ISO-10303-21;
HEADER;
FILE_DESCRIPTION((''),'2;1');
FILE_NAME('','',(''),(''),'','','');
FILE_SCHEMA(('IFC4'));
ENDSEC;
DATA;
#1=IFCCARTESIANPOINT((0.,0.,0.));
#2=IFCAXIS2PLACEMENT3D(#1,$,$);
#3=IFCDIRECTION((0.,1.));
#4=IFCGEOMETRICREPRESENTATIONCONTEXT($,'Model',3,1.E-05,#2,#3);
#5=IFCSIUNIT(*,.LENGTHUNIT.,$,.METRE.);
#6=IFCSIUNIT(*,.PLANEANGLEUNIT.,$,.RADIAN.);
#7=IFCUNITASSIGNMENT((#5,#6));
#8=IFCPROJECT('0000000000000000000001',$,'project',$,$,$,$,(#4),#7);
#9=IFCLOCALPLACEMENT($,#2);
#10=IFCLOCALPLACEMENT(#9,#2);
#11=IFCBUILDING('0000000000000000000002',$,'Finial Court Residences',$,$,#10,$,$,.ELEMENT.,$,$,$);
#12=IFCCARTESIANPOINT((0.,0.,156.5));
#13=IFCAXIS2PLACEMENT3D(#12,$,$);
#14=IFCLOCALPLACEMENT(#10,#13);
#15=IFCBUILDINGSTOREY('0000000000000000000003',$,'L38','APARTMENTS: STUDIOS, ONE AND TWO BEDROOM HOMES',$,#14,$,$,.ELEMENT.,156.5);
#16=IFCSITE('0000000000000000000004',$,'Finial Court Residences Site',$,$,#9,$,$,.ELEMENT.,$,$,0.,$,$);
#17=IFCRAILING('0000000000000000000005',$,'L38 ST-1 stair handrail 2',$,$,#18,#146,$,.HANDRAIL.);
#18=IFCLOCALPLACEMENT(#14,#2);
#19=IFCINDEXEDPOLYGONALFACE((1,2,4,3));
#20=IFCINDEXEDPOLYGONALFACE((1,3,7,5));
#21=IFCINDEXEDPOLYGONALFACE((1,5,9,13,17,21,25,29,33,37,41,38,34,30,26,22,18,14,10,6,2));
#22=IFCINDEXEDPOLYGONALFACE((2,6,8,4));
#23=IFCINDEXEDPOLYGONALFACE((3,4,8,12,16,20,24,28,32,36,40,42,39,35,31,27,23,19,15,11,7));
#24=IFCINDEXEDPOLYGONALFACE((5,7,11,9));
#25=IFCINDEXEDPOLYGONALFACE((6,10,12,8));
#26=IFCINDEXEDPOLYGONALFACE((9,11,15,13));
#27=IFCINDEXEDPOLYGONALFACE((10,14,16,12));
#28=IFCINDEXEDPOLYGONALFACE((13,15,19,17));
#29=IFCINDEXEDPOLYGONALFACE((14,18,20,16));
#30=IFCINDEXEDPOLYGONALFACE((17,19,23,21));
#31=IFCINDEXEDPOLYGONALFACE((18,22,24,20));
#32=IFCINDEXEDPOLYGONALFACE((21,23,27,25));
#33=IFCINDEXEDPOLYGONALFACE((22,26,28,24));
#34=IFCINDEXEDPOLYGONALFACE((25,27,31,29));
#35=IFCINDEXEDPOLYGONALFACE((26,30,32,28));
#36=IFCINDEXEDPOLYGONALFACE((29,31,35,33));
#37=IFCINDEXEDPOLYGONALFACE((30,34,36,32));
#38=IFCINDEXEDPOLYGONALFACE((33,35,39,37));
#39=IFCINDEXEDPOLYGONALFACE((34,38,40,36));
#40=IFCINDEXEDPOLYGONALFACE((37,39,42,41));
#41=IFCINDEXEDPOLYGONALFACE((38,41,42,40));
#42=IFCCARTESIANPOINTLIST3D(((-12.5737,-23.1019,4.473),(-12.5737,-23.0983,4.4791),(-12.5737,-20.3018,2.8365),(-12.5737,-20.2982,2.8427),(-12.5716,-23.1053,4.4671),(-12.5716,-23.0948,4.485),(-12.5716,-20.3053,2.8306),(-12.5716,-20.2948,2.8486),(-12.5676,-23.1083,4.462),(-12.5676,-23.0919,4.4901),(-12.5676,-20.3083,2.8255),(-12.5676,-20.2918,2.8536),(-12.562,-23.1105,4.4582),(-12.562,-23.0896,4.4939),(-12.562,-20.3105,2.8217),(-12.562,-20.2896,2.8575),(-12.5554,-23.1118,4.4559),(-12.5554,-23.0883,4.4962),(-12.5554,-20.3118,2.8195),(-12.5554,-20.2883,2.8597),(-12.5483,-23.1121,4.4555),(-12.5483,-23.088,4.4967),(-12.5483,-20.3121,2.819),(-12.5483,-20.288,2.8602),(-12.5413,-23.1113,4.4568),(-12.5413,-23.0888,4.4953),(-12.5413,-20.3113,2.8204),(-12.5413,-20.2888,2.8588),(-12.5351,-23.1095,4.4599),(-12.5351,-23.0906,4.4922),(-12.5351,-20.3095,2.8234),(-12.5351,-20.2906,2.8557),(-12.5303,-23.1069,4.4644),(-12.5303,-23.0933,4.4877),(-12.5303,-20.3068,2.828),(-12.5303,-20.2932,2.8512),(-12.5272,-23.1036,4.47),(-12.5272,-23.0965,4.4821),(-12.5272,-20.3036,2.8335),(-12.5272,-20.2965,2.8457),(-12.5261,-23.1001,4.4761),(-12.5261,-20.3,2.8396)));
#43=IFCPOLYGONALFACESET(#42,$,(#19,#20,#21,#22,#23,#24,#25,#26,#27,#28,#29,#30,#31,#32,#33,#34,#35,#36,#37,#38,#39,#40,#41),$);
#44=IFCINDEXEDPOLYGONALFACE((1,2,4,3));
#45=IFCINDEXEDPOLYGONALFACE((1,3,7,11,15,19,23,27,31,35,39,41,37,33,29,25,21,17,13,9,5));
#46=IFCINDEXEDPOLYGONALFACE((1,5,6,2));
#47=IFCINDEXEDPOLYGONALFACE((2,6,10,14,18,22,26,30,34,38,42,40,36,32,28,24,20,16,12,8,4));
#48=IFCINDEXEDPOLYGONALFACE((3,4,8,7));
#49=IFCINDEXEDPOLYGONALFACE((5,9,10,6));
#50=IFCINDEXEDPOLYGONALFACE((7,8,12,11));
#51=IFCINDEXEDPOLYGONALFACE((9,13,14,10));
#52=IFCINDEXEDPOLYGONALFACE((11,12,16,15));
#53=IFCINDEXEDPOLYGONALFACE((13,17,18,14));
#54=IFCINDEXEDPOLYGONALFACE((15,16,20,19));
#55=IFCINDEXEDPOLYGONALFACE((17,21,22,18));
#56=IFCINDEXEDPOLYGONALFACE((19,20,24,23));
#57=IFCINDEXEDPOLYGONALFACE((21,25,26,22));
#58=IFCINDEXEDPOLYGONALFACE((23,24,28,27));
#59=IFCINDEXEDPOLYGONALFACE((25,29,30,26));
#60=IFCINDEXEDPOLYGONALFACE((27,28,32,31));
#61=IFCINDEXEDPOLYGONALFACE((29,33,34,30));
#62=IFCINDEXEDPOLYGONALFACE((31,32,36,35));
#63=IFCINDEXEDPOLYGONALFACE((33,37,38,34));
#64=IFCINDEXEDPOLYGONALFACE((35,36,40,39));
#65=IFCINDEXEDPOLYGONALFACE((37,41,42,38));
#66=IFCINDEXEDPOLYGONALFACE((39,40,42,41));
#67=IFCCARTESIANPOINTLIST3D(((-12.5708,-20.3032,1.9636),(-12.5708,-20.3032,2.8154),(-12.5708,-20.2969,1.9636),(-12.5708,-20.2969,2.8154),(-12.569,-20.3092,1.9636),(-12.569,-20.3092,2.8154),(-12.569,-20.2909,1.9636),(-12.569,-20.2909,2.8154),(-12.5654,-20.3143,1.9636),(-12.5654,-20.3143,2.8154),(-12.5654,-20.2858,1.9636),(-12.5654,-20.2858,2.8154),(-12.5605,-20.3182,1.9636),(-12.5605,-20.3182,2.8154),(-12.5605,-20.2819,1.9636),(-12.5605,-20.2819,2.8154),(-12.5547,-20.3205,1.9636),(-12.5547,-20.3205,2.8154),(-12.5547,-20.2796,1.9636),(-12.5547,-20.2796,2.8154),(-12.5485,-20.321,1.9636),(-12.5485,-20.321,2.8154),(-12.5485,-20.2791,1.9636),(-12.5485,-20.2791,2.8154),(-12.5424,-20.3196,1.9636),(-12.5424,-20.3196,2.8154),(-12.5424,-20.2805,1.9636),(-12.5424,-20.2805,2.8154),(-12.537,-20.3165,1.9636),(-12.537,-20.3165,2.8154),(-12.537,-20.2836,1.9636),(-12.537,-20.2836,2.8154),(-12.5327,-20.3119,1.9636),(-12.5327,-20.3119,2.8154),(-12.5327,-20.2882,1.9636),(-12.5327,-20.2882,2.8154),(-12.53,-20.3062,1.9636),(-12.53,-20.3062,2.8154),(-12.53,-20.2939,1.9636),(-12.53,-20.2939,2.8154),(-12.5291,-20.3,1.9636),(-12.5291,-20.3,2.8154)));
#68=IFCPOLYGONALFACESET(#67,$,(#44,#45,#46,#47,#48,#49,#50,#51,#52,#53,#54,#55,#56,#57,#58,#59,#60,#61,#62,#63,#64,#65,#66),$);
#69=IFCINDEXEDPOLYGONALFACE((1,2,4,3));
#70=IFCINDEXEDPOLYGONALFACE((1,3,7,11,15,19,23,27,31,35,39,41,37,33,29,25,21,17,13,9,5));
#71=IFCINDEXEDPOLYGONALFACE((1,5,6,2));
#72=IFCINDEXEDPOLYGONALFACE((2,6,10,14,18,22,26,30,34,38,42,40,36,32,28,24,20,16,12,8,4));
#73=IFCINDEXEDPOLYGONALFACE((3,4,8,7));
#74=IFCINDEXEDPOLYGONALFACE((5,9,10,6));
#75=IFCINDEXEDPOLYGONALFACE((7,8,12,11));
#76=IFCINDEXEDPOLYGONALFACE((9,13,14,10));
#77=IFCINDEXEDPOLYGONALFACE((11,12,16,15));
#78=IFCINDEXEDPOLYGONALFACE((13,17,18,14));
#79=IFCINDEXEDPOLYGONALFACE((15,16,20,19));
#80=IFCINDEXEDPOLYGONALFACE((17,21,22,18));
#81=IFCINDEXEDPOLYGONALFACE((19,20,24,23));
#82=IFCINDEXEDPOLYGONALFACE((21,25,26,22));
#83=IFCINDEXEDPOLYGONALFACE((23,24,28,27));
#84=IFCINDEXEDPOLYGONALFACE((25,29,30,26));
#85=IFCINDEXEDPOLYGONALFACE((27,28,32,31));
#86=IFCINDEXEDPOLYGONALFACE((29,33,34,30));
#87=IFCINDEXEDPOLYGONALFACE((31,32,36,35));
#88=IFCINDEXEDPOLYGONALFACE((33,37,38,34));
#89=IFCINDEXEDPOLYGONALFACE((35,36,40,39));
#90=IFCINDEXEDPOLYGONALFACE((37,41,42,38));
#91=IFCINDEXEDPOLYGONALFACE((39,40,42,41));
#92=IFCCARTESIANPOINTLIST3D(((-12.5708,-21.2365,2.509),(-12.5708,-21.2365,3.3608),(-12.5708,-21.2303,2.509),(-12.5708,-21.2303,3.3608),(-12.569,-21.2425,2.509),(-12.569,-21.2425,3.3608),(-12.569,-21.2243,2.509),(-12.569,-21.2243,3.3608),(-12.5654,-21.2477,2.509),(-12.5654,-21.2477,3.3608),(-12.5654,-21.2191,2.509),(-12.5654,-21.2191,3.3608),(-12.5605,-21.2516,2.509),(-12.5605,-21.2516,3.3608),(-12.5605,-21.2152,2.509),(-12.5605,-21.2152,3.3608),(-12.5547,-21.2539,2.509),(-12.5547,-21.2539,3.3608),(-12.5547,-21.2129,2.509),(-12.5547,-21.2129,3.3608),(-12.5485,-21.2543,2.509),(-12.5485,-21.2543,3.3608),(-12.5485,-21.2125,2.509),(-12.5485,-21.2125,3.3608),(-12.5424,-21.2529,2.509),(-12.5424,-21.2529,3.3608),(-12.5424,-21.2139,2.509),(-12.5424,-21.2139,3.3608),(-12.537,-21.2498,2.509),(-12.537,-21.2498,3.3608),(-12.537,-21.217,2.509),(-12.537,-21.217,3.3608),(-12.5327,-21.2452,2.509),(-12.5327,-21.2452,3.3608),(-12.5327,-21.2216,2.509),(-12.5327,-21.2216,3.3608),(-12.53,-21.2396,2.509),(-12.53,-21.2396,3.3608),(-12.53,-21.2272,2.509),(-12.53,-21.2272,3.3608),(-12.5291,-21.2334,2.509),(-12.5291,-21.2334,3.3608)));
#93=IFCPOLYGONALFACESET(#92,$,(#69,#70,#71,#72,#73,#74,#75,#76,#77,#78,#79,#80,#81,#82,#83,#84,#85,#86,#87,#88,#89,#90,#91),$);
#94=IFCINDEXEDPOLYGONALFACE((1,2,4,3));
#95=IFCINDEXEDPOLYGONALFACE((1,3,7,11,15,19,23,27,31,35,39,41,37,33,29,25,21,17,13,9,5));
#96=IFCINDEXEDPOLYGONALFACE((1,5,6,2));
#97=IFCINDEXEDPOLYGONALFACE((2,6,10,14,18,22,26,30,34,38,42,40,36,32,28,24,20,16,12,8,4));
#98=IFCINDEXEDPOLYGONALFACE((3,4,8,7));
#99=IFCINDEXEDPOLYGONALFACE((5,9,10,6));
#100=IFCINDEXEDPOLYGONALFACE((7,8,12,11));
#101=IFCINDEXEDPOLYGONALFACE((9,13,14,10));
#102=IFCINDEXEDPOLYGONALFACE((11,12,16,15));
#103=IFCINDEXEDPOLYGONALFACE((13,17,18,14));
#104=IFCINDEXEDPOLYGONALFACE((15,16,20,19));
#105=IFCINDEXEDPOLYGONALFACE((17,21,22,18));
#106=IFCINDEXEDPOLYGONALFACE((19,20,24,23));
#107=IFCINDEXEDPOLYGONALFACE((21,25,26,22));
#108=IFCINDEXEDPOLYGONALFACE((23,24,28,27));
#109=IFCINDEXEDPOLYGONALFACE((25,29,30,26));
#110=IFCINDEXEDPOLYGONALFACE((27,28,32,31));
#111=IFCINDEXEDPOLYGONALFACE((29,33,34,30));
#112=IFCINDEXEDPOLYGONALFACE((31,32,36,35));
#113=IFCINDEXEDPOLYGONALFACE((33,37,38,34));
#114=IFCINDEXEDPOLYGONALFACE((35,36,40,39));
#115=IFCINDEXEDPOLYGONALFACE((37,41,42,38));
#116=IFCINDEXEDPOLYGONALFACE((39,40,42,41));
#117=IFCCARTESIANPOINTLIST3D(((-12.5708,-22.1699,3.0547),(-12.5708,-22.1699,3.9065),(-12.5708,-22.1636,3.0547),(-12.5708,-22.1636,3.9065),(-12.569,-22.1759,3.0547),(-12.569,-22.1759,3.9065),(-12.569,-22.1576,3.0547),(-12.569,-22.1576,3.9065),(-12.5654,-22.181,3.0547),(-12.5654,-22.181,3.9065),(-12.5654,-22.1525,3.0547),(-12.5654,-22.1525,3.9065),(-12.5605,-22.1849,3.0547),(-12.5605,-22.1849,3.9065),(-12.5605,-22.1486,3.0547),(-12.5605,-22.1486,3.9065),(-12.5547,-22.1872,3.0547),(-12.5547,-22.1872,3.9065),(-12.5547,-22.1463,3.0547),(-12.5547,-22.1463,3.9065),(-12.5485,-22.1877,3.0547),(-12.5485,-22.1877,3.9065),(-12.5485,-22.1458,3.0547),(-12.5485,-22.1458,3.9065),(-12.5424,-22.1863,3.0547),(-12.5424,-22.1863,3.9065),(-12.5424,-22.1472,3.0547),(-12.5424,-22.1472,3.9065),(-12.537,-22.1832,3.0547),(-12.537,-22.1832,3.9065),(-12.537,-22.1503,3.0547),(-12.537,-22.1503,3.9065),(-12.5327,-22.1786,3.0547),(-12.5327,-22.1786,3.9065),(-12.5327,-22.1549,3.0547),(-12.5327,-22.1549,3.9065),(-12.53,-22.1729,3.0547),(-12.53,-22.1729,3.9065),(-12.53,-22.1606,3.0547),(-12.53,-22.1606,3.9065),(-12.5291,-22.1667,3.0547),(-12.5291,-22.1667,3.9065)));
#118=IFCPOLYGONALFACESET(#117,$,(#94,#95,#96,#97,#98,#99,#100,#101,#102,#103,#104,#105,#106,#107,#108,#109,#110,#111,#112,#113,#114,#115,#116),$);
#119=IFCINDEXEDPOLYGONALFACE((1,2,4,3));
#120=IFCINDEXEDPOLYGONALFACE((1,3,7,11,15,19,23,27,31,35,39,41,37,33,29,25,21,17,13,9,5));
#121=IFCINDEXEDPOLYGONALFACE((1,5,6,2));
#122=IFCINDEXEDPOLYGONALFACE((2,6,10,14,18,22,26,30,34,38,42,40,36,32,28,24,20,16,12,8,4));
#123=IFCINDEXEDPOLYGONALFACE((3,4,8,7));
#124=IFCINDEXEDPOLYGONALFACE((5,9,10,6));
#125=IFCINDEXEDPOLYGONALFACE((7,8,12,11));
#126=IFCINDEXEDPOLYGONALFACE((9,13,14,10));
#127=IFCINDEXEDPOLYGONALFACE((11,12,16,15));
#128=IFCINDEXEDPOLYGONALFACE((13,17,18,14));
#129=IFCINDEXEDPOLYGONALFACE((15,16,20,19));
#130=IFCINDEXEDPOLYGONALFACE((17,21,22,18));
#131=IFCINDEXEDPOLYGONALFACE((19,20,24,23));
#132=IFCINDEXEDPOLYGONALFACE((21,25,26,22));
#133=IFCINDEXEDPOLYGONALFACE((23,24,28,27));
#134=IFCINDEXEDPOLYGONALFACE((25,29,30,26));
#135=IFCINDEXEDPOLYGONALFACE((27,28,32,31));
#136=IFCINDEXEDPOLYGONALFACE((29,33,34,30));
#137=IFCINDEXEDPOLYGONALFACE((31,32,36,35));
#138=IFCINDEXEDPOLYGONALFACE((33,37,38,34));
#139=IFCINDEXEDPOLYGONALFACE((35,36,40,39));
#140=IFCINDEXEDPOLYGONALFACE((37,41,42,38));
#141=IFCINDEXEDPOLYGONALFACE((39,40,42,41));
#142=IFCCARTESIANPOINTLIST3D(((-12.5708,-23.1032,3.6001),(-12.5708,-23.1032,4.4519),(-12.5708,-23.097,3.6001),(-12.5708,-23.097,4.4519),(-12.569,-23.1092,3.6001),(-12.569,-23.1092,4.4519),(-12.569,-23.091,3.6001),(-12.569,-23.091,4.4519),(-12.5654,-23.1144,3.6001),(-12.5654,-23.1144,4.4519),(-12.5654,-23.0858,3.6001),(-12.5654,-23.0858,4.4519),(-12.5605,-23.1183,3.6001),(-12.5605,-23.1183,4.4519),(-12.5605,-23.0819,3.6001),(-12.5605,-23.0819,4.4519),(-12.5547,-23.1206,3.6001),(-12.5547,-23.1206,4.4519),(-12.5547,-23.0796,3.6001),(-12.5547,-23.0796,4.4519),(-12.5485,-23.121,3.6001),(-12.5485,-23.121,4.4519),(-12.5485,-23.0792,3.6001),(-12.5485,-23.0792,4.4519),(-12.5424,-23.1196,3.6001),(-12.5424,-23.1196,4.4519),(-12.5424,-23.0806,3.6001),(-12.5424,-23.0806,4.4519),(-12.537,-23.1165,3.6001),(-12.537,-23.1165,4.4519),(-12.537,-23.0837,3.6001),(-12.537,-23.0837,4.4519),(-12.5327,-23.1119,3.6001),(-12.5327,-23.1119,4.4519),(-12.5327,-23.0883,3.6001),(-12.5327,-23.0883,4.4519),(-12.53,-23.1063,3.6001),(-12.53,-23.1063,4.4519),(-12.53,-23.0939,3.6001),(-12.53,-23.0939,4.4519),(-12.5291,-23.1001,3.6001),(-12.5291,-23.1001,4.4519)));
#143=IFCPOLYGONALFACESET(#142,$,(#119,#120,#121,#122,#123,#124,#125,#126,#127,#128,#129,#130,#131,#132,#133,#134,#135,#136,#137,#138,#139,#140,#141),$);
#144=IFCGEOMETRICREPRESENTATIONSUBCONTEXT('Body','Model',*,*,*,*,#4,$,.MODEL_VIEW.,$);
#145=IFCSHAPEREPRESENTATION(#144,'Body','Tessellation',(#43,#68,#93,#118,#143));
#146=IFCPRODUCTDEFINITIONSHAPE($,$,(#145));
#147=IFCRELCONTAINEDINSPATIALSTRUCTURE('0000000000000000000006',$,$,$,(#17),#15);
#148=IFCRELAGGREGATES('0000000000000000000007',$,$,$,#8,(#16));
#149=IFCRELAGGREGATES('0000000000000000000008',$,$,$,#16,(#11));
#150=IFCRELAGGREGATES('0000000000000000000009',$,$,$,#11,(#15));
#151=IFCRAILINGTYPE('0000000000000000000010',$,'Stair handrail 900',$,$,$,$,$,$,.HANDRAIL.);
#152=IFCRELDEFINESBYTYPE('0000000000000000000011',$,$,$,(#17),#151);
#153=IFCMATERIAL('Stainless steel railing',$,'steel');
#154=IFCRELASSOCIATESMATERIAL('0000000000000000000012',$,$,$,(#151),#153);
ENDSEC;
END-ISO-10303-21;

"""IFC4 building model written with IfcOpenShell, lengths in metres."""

from ifc_helpers import new_model, si_unit, direction, frame, origin, origin_2d, place, context, subcontext, project, spatial, circle, extrude, material, type_object, element, save


model = new_model("IFC4")

# Units and contexts
model_context = context("Model", 3, precision=1e-05, world=origin(), true_north=direction((0.0, 1.0)))
body_context = subcontext(model_context, "Body", "Model", "MODEL_VIEW")
ifc_project = project(units=[si_unit("LENGTHUNIT", "METRE"), si_unit("PLANEANGLEUNIT", "RADIAN")], contexts=[model_context])

# Site, building, storey
site_placement = place(None, origin())
site = spatial("IfcSite", under=ifc_project, at=site_placement, Name="Finial Court Residences Site", CompositionType="ELEMENT", RefElevation=0.0)
building_placement = place(site_placement, origin())
building = spatial("IfcBuilding", under=site, at=building_placement, Name="Finial Court Residences", CompositionType="ELEMENT")
storey_placement = place(building_placement, frame((0.0, 0.0, 156.5)))
storey = spatial("IfcBuildingStorey", under=building, at=storey_placement, Name="L38", Description="APARTMENTS: STUDIOS, ONE AND TWO BEDROOM HOMES", CompositionType="ELEMENT", Elevation=156.5)

# Railing
ifc_material_1 = material(Name="Stainless steel railing", Category="steel")
railing_type_1 = type_object("IfcRailingType", Name="Stair handrail 900", PredefinedType="HANDRAIL", material=ifc_material_1)
railing_1_placement = place(storey_placement, frame((-12.55, -20.3, 1.9636)))
element("IfcRailing", 1, at=railing_1_placement, inside=storey, type_object=railing_type_1, Name="L38 ST-1 stair handrail 2", PredefinedType="HANDRAIL", context=body_context, shape_type="SweptSolid", body=[
    extrude(circle(Radius=0.0239, at=origin_2d()), frame((0.0, 0.0, 0.876), z_axis=(0.0, -0.863361, 0.504587), x_axis=(1.0, 0.0, 0.0)), (0.0, 0.0, 1.0), 3.2432),
    extrude(circle(Radius=0.021, at=origin_2d()), origin(), (0.0, 0.0, 1.0), 0.8518),
    extrude(circle(Radius=0.021, at=origin_2d()), frame((0.0, -0.9333, 0.5454)), (0.0, 0.0, 1.0), 0.8518),
    extrude(circle(Radius=0.021, at=origin_2d()), frame((0.0, -1.8667, 1.0911)), (0.0, 0.0, 1.0), 0.8518),
    extrude(circle(Radius=0.021, at=origin_2d()), frame((0.0, -2.8, 1.6365)), (0.0, 0.0, 1.0), 0.8518),
])

save(model, "model.ifc")
